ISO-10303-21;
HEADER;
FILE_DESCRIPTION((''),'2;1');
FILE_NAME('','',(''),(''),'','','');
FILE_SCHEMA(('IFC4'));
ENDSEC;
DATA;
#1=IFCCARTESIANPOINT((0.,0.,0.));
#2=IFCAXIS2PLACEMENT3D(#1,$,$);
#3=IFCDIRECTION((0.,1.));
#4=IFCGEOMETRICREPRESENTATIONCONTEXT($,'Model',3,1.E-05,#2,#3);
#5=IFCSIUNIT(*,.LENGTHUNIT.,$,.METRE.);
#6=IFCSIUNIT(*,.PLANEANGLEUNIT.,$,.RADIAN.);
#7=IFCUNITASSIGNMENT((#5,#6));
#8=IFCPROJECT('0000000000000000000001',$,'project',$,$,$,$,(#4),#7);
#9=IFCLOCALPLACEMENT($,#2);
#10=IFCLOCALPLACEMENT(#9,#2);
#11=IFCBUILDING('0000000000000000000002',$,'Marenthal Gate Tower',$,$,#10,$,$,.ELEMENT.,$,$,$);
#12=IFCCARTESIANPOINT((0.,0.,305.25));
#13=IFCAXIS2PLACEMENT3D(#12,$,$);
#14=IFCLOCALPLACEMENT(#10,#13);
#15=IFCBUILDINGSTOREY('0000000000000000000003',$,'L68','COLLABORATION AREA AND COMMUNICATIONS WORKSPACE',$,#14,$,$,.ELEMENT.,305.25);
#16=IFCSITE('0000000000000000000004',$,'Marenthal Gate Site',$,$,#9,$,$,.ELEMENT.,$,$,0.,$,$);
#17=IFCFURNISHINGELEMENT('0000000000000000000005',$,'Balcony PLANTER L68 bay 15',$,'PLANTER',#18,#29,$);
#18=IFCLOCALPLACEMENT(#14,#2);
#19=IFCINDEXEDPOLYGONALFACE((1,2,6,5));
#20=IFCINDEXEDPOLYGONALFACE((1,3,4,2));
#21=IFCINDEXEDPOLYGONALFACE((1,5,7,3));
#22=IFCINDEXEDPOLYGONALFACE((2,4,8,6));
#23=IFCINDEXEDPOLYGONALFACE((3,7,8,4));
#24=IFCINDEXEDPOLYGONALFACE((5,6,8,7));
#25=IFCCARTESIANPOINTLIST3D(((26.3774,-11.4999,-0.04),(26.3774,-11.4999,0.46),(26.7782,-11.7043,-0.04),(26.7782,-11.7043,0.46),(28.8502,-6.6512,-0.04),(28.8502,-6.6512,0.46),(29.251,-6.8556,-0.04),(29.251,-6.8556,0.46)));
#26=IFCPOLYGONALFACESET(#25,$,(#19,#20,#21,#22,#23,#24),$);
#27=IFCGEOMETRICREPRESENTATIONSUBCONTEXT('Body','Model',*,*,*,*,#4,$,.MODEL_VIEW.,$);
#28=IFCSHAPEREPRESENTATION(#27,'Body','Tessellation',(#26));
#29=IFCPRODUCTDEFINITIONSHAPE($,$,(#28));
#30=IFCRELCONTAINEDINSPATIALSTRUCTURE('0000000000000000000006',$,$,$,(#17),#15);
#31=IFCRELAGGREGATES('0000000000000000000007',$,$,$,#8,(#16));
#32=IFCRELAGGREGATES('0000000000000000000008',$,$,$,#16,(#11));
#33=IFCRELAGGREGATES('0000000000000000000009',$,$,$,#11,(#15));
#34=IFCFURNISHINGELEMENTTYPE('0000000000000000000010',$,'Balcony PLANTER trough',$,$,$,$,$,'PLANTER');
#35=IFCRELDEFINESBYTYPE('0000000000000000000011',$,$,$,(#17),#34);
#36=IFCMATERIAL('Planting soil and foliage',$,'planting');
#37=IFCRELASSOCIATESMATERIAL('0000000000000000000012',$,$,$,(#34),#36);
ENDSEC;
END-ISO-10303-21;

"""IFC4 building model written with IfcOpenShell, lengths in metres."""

from ifc_helpers import new_model, si_unit, direction, frame, origin, origin_2d, place, context, subcontext, project, spatial, rectangle, extrude, material, type_object, element, save


model = new_model("IFC4")

# Units and contexts
model_context = context("Model", 3, precision=1e-05, world=origin(), true_north=direction((0.0, 1.0)))
body_context = subcontext(model_context, "Body", "Model", "MODEL_VIEW")
ifc_project = project(units=[si_unit("LENGTHUNIT", "METRE"), si_unit("PLANEANGLEUNIT", "RADIAN")], contexts=[model_context])

# Site, building, storey
site_placement = place(None, origin())
site = spatial("IfcSite", under=ifc_project, at=site_placement, Name="Marenthal Gate Site", CompositionType="ELEMENT", RefElevation=0.0)
building_placement = place(site_placement, origin())
building = spatial("IfcBuilding", under=site, at=building_placement, Name="Marenthal Gate Tower", CompositionType="ELEMENT")
storey_placement = place(building_placement, frame((0.0, 0.0, 305.25)))
storey = spatial("IfcBuildingStorey", under=building, at=storey_placement, Name="L68", Description="COLLABORATION AREA AND COMMUNICATIONS WORKSPACE", CompositionType="ELEMENT", Elevation=305.25)

# Furnishing element
ifc_material_1 = material(Name="Planting soil and foliage", Category="planting")
furnishing_element_type = type_object("IfcFurnishingElementType", Name="Balcony PLANTER trough", ElementType="PLANTER", material=ifc_material_1)
furnishing_placement = place(storey_placement, frame((27.8142, -9.1777, -0.04), z_axis=(0.0, 0.0, 1.0), x_axis=(0.454321, 0.890838, 0.0)))
element("IfcFurnishingElement", 1, at=furnishing_placement, inside=storey, type_object=furnishing_element_type, Name="Balcony PLANTER L68 bay 15", ObjectType="PLANTER", context=body_context, shape_type="SweptSolid", body=[
    extrude(rectangle(XDim=5.4429, YDim=0.45, at=origin_2d()), origin(), (0.0, 0.0, 1.0), 0.5),
])

save(model, "model.ifc")
